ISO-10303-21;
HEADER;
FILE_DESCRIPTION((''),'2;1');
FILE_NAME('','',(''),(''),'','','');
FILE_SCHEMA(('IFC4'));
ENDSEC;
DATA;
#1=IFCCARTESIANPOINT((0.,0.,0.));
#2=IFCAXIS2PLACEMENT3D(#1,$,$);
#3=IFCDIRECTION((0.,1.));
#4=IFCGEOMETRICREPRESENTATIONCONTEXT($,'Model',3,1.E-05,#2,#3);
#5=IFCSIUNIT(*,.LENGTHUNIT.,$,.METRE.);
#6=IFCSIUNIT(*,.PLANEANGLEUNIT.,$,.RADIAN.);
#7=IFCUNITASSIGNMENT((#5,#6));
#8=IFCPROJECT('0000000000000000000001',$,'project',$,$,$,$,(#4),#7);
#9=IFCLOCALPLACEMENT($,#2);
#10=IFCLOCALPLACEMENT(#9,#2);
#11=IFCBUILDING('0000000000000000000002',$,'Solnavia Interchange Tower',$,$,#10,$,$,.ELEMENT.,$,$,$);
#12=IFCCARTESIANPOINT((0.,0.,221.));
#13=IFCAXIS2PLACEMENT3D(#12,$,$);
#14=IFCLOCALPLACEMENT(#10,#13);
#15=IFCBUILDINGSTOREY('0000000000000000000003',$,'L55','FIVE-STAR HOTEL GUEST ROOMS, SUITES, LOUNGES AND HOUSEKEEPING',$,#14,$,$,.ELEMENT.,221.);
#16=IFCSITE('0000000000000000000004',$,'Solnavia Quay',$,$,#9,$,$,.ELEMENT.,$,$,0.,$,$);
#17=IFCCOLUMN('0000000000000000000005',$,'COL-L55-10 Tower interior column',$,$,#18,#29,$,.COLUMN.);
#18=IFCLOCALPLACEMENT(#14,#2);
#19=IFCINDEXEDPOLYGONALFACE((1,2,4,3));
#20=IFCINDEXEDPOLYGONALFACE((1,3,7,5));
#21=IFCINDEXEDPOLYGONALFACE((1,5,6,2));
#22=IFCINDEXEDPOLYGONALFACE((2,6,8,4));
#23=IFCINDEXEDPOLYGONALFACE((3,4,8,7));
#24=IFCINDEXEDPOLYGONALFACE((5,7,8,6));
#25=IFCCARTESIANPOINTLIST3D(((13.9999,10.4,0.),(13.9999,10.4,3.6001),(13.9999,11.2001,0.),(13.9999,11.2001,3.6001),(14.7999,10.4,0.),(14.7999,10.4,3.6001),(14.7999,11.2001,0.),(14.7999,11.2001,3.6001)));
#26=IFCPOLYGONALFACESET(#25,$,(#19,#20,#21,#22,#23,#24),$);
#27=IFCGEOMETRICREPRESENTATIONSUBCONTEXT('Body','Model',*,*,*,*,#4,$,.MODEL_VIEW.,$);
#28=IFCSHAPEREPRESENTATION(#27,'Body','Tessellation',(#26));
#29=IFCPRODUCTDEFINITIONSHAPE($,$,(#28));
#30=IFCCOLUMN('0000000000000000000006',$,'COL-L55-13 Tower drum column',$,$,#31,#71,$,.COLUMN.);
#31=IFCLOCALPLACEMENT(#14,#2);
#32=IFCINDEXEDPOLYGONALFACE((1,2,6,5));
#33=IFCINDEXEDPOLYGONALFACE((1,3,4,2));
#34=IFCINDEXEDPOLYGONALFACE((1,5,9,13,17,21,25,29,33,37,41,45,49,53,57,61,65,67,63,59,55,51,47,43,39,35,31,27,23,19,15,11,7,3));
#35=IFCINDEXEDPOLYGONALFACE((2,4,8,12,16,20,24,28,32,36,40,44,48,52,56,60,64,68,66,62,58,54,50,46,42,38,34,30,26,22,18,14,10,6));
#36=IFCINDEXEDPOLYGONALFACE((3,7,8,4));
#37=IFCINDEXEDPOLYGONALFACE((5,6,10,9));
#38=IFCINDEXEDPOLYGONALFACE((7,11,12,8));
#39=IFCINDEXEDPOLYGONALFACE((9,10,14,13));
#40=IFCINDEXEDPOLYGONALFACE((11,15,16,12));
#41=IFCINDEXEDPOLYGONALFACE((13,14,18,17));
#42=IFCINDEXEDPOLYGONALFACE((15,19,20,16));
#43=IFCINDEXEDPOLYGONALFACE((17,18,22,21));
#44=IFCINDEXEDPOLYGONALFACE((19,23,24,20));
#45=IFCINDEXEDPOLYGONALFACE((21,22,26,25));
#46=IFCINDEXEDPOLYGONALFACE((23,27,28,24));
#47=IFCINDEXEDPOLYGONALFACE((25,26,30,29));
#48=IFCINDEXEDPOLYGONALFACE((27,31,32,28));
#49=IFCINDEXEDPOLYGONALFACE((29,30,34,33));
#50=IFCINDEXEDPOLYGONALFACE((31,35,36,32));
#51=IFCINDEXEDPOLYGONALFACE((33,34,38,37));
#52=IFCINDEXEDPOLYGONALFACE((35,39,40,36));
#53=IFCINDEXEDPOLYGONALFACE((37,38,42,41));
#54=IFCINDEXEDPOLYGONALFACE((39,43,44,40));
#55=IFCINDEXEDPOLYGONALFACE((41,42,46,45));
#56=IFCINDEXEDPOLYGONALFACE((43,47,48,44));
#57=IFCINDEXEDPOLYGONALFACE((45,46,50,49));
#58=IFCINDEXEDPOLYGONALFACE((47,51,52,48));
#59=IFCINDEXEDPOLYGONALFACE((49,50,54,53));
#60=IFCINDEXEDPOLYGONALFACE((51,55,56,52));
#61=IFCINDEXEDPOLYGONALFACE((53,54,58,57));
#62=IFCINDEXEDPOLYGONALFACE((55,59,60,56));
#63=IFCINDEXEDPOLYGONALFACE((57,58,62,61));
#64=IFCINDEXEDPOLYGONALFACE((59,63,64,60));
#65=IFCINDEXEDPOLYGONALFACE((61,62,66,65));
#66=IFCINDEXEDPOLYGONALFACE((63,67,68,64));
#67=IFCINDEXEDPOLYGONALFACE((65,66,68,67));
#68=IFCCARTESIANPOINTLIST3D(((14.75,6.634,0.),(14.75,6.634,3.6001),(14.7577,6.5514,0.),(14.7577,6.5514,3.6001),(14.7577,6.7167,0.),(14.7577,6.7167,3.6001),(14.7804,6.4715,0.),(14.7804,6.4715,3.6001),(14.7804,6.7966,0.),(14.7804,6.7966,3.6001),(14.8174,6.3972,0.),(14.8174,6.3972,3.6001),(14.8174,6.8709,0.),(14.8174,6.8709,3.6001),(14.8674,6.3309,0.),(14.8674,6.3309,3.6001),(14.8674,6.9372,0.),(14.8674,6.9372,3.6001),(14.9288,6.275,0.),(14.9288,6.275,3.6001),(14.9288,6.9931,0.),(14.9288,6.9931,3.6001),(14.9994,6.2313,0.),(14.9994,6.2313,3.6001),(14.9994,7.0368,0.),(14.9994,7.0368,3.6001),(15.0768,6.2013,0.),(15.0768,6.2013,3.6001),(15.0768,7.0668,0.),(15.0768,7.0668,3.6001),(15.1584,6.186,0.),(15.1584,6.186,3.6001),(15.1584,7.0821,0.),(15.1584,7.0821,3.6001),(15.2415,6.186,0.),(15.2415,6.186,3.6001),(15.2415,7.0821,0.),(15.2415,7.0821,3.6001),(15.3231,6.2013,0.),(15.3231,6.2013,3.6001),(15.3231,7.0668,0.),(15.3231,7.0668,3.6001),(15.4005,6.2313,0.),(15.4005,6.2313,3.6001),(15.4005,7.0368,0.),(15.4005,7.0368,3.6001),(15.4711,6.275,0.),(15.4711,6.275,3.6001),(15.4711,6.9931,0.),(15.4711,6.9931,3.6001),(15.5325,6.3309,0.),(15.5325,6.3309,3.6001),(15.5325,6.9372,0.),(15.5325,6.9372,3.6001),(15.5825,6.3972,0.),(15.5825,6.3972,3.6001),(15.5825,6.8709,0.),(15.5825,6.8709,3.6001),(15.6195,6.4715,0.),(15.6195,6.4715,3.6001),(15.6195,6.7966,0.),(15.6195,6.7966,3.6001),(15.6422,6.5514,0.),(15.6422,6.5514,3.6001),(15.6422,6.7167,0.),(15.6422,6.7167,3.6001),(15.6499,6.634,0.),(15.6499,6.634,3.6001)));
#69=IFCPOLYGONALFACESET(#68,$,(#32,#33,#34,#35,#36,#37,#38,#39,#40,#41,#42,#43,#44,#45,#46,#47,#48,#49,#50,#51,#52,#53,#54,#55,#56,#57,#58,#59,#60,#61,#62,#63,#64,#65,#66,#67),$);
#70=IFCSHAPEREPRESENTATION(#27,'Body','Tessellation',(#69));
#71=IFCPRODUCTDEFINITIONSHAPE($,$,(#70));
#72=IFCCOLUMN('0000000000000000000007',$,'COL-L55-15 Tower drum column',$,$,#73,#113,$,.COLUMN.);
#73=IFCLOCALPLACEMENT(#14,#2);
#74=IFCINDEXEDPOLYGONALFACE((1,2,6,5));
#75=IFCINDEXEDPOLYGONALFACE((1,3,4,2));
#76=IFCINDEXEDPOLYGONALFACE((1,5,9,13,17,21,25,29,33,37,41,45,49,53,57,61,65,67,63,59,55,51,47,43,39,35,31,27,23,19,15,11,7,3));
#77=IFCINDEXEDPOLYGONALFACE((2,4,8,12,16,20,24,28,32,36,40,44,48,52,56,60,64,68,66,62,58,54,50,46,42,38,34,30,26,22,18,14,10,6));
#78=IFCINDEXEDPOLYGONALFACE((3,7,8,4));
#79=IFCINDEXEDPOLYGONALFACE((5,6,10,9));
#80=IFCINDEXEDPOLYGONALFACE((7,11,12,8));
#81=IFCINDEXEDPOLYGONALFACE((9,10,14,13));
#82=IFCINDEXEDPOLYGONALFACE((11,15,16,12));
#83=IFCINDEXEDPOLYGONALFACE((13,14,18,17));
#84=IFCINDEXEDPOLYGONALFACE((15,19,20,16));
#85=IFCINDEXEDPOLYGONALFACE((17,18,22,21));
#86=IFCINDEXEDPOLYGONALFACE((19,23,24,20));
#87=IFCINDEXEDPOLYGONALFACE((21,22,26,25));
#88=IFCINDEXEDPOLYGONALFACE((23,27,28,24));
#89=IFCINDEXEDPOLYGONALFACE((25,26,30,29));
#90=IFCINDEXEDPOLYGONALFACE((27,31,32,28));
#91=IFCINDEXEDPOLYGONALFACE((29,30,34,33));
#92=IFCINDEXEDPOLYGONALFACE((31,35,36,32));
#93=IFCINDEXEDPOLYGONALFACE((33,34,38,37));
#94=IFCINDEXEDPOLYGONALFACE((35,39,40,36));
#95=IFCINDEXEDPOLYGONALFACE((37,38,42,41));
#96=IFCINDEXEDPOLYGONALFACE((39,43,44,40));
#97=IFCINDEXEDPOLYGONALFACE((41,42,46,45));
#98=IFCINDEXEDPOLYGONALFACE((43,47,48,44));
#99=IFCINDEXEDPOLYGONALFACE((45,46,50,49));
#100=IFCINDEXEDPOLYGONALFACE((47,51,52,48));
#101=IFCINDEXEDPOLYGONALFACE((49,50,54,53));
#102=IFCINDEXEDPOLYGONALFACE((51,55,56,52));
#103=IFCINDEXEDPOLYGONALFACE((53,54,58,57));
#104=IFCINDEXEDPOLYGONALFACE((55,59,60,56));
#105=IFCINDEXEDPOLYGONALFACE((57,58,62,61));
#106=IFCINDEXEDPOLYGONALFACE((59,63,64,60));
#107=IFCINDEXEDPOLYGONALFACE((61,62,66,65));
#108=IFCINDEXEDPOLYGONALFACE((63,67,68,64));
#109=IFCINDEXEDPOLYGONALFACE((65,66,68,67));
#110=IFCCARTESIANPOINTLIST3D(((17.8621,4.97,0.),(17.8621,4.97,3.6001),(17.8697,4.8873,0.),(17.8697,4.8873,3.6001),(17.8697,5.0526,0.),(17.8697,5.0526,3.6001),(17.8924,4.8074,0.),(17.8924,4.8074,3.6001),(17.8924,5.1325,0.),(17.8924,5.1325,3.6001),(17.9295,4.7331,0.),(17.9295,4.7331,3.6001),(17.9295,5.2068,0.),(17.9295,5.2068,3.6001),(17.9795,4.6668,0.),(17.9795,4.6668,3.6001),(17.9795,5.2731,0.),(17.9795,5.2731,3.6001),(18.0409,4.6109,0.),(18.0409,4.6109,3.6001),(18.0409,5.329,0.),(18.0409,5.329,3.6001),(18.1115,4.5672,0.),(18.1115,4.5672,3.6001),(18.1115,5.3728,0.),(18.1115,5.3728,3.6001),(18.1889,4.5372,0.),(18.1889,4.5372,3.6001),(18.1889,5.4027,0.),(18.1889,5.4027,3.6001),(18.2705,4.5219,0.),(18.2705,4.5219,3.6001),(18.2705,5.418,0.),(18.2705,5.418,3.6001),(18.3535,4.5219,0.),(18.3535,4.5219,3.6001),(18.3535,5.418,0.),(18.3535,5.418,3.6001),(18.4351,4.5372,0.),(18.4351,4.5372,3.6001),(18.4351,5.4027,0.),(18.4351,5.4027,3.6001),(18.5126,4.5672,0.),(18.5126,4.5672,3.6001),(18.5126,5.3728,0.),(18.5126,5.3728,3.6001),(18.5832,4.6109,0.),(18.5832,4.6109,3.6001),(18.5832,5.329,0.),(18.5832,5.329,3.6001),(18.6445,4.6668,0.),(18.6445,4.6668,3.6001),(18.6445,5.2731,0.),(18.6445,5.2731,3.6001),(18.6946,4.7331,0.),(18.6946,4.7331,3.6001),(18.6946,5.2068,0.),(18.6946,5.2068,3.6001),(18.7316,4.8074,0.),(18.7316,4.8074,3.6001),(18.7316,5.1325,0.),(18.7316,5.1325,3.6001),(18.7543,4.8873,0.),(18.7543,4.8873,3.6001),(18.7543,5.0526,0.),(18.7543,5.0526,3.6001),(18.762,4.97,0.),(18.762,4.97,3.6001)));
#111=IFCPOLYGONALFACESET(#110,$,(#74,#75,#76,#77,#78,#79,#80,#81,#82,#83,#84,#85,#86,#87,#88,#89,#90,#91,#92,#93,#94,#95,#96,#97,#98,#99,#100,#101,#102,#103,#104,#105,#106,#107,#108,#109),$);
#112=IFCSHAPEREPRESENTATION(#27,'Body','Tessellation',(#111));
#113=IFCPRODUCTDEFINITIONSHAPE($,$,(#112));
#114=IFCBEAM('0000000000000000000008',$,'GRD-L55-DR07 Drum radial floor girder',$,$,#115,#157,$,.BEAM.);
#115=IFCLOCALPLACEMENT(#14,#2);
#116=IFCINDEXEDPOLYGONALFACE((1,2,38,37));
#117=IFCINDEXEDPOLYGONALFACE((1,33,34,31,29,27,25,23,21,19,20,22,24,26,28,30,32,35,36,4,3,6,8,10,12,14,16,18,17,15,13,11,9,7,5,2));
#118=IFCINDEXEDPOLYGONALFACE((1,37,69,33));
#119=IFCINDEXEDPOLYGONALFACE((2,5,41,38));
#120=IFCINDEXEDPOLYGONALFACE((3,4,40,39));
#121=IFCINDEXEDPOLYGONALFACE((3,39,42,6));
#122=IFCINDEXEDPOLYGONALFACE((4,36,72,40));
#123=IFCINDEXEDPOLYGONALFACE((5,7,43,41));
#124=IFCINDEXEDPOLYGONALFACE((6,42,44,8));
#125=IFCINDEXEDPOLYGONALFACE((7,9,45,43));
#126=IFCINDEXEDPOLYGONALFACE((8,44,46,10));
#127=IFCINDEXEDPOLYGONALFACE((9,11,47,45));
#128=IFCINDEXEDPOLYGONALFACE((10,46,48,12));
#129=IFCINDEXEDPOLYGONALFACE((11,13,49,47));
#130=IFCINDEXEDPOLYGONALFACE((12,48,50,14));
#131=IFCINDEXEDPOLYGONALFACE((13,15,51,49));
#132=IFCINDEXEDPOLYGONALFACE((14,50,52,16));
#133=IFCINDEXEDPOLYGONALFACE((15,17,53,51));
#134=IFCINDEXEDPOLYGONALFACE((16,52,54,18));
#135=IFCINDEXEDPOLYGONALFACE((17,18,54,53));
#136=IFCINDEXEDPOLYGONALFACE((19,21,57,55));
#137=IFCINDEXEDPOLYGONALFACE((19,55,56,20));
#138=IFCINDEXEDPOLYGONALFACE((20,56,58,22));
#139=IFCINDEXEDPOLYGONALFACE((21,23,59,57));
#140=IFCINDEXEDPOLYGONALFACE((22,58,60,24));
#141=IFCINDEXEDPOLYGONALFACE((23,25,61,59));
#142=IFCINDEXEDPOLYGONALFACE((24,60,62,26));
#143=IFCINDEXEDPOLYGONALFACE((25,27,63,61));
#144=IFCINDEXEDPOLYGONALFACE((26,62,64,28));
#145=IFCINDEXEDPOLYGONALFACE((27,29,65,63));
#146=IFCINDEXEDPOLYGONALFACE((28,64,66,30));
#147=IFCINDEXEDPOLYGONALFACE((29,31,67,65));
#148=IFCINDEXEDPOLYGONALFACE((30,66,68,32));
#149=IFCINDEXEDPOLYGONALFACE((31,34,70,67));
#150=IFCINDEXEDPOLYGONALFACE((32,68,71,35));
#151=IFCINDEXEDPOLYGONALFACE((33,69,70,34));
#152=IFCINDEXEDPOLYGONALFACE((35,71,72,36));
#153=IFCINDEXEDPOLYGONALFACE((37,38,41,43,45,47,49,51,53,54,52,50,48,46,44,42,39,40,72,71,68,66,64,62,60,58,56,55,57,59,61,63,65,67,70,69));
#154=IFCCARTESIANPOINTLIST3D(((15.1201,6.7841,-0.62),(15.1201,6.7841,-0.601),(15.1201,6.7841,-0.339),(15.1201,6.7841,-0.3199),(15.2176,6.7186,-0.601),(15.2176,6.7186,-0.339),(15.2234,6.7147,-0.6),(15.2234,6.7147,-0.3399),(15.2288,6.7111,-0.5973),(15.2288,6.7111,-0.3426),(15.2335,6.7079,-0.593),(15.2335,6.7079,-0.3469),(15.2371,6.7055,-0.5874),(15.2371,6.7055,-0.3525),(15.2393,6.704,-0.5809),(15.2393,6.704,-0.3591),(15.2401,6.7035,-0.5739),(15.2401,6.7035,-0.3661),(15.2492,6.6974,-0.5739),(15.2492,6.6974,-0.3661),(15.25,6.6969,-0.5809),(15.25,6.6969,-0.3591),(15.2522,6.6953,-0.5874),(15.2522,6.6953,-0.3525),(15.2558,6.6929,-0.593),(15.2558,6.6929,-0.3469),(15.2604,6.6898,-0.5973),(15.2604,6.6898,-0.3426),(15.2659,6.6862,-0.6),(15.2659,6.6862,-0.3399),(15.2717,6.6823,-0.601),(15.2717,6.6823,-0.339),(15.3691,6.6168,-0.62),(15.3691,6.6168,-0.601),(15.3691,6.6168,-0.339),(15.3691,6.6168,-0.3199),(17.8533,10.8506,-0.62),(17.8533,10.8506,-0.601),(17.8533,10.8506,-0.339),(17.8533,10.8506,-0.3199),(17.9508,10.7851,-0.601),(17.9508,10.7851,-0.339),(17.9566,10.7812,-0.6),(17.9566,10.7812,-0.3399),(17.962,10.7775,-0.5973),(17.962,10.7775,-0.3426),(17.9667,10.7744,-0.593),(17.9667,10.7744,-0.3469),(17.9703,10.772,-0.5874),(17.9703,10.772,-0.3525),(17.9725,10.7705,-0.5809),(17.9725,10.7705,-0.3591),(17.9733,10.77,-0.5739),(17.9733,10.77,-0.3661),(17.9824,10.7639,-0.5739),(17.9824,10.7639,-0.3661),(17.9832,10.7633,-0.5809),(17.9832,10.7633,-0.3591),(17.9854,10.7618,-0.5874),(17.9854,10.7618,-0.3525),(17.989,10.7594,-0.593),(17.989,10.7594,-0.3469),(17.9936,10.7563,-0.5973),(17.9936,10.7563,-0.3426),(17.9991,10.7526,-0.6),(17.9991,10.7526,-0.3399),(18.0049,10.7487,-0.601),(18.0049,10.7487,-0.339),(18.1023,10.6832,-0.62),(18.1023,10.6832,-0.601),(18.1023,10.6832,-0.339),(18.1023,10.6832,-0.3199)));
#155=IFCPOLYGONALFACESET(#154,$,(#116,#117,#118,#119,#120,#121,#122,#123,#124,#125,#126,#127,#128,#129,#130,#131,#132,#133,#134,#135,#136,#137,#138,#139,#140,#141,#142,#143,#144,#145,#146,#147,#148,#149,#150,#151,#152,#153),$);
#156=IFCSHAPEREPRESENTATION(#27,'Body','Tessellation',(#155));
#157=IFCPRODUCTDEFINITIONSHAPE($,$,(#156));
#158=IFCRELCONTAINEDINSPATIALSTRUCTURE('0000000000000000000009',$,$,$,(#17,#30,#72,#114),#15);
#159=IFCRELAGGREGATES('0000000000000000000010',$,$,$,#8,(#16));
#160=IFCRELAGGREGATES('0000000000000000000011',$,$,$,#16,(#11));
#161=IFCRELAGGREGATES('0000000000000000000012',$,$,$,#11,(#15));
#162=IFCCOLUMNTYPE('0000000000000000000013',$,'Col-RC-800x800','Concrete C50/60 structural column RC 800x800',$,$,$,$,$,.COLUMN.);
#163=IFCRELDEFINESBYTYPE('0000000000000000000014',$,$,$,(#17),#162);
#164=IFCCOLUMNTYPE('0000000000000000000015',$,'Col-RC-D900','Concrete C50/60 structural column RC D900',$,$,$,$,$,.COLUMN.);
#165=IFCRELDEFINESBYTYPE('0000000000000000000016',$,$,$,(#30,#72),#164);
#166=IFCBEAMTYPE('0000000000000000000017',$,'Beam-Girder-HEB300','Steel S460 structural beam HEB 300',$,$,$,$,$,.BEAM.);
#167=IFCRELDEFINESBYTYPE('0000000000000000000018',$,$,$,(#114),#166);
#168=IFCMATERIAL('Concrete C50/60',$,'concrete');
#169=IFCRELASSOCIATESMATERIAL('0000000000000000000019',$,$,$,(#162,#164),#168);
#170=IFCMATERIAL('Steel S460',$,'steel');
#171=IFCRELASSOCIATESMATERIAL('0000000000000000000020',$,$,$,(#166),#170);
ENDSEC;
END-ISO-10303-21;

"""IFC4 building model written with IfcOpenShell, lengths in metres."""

from ifc_helpers import new_model, si_unit, direction, frame, origin, origin_2d, place, context, subcontext, project, spatial, rectangle, circle, i_section, extrude, material, material_profile, profile_set, type_object, element, save


model = new_model("IFC4")

# Units and contexts
model_context = context("Model", 3, precision=1e-05, world=origin(), true_north=direction((0.0, 1.0)))
body_context = subcontext(model_context, "Body", "Model", "MODEL_VIEW")
ifc_project = project(units=[si_unit("LENGTHUNIT", "METRE"), si_unit("PLANEANGLEUNIT", "RADIAN")], contexts=[model_context])

# Site, building, storey
site_placement = place(None, origin())
site = spatial("IfcSite", under=ifc_project, at=site_placement, Name="Solnavia Quay", CompositionType="ELEMENT", RefElevation=0.0)
building_placement = place(site_placement, origin())
building = spatial("IfcBuilding", under=site, at=building_placement, Name="Solnavia Interchange Tower", CompositionType="ELEMENT")
storey_placement = place(building_placement, frame((0.0, 0.0, 221.0)))
storey = spatial("IfcBuildingStorey", under=building, at=storey_placement, Name="L55", Description="FIVE-STAR HOTEL GUEST ROOMS, SUITES, LOUNGES AND HOUSEKEEPING", CompositionType="ELEMENT", Elevation=221.0)

# Columns
ifc_material_1 = material(Name="Concrete C50/60", Category="concrete")
ifc_material_profile_1 = material_profile(ifc_material_1, rectangle(XDim=0.8, YDim=0.8, at=origin_2d()), Name="RC 800x800")
ifc_profile_set_1 = profile_set([ifc_material_profile_1], Name="Concrete C50/60")
column_type_1 = type_object("IfcColumnType", Name="Col-RC-800x800", Description="Concrete C50/60 structural column RC 800x800", PredefinedType="COLUMN", material=ifc_profile_set_1)
column_placement = place(storey_placement, frame((14.3999, 10.8, 0.0), z_axis=(0.0, 0.0, 1.0), x_axis=(1.0, 0.0, 0.0)))
element("IfcColumn", 1, at=column_placement, inside=storey, type_object=column_type_1, Name="COL-L55-10 Tower interior column", PredefinedType="COLUMN", context=body_context, shape_type="SweptSolid", body=[
    extrude(rectangle(XDim=0.8, YDim=0.8, at=origin_2d()), origin(), (0.0, 0.0, 1.0), 3.6001),
])
ifc_material_profile_2 = material_profile(ifc_material_1, circle(Radius=0.45, at=origin_2d()), Name="RC D900")
ifc_profile_set_2 = profile_set([ifc_material_profile_2], Name="Concrete C50/60")
column_type_2 = type_object("IfcColumnType", Name="Col-RC-D900", Description="Concrete C50/60 structural column RC D900", PredefinedType="COLUMN", material=ifc_profile_set_2)
for number, where, z_axis, x_axis, name in (
    (2, (15.2, 6.634, 0.0), (0.0, 0.0, 1.0), (1.0, 0.0, 0.0), "COL-L55-13 Tower drum column"),
    (3, (18.312, 4.97, 0.0), (0.0, 0.0, 1.0), (1.0, 0.0, 0.0), "COL-L55-15 Tower drum column"),
):
    element("IfcColumn", number, at=place(storey_placement, frame(where, z_axis=z_axis, x_axis=x_axis)), inside=storey, type_object=column_type_2, Name=name, PredefinedType="COLUMN", context=body_context, shape_type="SweptSolid", body=[
        extrude(circle(Radius=0.45, at=origin_2d()), origin(), (0.0, 0.0, 1.0), 3.6001),
    ])

# Beam
ifc_material_2 = material(Name="Steel S460", Category="steel")
ifc_material_profile_3 = material_profile(ifc_material_2, i_section(OverallWidth=0.3, OverallDepth=0.3, WebThickness=0.011, FlangeThickness=0.019, FilletRadius=0.0271, at=origin_2d()), Name="HEB 300")
ifc_profile_set_3 = profile_set([ifc_material_profile_3], Name="Steel S460")
beam_type_1 = type_object("IfcBeamType", Name="Beam-Girder-HEB300", Description="Steel S460 structural beam HEB 300", PredefinedType="BEAM", material=ifc_profile_set_3)
beam_1_placement = place(storey_placement, frame((15.2446, 6.7004, -0.47), z_axis=(0.557835, 0.829952, 0.0), x_axis=(-0.829952, 0.557835, 0.0)))
element("IfcBeam", 4, at=beam_1_placement, inside=storey, type_object=beam_type_1, Name="GRD-L55-DR07 Drum radial floor girder", PredefinedType="BEAM", context=body_context, shape_type="SweptSolid", body=[
    extrude(i_section(OverallWidth=0.3, OverallDepth=0.3, WebThickness=0.011, FlangeThickness=0.019, FilletRadius=0.0271, at=origin_2d()), origin(), (0.0, 0.0, 1.0), 4.8997),
])

save(model, "model.ifc")
